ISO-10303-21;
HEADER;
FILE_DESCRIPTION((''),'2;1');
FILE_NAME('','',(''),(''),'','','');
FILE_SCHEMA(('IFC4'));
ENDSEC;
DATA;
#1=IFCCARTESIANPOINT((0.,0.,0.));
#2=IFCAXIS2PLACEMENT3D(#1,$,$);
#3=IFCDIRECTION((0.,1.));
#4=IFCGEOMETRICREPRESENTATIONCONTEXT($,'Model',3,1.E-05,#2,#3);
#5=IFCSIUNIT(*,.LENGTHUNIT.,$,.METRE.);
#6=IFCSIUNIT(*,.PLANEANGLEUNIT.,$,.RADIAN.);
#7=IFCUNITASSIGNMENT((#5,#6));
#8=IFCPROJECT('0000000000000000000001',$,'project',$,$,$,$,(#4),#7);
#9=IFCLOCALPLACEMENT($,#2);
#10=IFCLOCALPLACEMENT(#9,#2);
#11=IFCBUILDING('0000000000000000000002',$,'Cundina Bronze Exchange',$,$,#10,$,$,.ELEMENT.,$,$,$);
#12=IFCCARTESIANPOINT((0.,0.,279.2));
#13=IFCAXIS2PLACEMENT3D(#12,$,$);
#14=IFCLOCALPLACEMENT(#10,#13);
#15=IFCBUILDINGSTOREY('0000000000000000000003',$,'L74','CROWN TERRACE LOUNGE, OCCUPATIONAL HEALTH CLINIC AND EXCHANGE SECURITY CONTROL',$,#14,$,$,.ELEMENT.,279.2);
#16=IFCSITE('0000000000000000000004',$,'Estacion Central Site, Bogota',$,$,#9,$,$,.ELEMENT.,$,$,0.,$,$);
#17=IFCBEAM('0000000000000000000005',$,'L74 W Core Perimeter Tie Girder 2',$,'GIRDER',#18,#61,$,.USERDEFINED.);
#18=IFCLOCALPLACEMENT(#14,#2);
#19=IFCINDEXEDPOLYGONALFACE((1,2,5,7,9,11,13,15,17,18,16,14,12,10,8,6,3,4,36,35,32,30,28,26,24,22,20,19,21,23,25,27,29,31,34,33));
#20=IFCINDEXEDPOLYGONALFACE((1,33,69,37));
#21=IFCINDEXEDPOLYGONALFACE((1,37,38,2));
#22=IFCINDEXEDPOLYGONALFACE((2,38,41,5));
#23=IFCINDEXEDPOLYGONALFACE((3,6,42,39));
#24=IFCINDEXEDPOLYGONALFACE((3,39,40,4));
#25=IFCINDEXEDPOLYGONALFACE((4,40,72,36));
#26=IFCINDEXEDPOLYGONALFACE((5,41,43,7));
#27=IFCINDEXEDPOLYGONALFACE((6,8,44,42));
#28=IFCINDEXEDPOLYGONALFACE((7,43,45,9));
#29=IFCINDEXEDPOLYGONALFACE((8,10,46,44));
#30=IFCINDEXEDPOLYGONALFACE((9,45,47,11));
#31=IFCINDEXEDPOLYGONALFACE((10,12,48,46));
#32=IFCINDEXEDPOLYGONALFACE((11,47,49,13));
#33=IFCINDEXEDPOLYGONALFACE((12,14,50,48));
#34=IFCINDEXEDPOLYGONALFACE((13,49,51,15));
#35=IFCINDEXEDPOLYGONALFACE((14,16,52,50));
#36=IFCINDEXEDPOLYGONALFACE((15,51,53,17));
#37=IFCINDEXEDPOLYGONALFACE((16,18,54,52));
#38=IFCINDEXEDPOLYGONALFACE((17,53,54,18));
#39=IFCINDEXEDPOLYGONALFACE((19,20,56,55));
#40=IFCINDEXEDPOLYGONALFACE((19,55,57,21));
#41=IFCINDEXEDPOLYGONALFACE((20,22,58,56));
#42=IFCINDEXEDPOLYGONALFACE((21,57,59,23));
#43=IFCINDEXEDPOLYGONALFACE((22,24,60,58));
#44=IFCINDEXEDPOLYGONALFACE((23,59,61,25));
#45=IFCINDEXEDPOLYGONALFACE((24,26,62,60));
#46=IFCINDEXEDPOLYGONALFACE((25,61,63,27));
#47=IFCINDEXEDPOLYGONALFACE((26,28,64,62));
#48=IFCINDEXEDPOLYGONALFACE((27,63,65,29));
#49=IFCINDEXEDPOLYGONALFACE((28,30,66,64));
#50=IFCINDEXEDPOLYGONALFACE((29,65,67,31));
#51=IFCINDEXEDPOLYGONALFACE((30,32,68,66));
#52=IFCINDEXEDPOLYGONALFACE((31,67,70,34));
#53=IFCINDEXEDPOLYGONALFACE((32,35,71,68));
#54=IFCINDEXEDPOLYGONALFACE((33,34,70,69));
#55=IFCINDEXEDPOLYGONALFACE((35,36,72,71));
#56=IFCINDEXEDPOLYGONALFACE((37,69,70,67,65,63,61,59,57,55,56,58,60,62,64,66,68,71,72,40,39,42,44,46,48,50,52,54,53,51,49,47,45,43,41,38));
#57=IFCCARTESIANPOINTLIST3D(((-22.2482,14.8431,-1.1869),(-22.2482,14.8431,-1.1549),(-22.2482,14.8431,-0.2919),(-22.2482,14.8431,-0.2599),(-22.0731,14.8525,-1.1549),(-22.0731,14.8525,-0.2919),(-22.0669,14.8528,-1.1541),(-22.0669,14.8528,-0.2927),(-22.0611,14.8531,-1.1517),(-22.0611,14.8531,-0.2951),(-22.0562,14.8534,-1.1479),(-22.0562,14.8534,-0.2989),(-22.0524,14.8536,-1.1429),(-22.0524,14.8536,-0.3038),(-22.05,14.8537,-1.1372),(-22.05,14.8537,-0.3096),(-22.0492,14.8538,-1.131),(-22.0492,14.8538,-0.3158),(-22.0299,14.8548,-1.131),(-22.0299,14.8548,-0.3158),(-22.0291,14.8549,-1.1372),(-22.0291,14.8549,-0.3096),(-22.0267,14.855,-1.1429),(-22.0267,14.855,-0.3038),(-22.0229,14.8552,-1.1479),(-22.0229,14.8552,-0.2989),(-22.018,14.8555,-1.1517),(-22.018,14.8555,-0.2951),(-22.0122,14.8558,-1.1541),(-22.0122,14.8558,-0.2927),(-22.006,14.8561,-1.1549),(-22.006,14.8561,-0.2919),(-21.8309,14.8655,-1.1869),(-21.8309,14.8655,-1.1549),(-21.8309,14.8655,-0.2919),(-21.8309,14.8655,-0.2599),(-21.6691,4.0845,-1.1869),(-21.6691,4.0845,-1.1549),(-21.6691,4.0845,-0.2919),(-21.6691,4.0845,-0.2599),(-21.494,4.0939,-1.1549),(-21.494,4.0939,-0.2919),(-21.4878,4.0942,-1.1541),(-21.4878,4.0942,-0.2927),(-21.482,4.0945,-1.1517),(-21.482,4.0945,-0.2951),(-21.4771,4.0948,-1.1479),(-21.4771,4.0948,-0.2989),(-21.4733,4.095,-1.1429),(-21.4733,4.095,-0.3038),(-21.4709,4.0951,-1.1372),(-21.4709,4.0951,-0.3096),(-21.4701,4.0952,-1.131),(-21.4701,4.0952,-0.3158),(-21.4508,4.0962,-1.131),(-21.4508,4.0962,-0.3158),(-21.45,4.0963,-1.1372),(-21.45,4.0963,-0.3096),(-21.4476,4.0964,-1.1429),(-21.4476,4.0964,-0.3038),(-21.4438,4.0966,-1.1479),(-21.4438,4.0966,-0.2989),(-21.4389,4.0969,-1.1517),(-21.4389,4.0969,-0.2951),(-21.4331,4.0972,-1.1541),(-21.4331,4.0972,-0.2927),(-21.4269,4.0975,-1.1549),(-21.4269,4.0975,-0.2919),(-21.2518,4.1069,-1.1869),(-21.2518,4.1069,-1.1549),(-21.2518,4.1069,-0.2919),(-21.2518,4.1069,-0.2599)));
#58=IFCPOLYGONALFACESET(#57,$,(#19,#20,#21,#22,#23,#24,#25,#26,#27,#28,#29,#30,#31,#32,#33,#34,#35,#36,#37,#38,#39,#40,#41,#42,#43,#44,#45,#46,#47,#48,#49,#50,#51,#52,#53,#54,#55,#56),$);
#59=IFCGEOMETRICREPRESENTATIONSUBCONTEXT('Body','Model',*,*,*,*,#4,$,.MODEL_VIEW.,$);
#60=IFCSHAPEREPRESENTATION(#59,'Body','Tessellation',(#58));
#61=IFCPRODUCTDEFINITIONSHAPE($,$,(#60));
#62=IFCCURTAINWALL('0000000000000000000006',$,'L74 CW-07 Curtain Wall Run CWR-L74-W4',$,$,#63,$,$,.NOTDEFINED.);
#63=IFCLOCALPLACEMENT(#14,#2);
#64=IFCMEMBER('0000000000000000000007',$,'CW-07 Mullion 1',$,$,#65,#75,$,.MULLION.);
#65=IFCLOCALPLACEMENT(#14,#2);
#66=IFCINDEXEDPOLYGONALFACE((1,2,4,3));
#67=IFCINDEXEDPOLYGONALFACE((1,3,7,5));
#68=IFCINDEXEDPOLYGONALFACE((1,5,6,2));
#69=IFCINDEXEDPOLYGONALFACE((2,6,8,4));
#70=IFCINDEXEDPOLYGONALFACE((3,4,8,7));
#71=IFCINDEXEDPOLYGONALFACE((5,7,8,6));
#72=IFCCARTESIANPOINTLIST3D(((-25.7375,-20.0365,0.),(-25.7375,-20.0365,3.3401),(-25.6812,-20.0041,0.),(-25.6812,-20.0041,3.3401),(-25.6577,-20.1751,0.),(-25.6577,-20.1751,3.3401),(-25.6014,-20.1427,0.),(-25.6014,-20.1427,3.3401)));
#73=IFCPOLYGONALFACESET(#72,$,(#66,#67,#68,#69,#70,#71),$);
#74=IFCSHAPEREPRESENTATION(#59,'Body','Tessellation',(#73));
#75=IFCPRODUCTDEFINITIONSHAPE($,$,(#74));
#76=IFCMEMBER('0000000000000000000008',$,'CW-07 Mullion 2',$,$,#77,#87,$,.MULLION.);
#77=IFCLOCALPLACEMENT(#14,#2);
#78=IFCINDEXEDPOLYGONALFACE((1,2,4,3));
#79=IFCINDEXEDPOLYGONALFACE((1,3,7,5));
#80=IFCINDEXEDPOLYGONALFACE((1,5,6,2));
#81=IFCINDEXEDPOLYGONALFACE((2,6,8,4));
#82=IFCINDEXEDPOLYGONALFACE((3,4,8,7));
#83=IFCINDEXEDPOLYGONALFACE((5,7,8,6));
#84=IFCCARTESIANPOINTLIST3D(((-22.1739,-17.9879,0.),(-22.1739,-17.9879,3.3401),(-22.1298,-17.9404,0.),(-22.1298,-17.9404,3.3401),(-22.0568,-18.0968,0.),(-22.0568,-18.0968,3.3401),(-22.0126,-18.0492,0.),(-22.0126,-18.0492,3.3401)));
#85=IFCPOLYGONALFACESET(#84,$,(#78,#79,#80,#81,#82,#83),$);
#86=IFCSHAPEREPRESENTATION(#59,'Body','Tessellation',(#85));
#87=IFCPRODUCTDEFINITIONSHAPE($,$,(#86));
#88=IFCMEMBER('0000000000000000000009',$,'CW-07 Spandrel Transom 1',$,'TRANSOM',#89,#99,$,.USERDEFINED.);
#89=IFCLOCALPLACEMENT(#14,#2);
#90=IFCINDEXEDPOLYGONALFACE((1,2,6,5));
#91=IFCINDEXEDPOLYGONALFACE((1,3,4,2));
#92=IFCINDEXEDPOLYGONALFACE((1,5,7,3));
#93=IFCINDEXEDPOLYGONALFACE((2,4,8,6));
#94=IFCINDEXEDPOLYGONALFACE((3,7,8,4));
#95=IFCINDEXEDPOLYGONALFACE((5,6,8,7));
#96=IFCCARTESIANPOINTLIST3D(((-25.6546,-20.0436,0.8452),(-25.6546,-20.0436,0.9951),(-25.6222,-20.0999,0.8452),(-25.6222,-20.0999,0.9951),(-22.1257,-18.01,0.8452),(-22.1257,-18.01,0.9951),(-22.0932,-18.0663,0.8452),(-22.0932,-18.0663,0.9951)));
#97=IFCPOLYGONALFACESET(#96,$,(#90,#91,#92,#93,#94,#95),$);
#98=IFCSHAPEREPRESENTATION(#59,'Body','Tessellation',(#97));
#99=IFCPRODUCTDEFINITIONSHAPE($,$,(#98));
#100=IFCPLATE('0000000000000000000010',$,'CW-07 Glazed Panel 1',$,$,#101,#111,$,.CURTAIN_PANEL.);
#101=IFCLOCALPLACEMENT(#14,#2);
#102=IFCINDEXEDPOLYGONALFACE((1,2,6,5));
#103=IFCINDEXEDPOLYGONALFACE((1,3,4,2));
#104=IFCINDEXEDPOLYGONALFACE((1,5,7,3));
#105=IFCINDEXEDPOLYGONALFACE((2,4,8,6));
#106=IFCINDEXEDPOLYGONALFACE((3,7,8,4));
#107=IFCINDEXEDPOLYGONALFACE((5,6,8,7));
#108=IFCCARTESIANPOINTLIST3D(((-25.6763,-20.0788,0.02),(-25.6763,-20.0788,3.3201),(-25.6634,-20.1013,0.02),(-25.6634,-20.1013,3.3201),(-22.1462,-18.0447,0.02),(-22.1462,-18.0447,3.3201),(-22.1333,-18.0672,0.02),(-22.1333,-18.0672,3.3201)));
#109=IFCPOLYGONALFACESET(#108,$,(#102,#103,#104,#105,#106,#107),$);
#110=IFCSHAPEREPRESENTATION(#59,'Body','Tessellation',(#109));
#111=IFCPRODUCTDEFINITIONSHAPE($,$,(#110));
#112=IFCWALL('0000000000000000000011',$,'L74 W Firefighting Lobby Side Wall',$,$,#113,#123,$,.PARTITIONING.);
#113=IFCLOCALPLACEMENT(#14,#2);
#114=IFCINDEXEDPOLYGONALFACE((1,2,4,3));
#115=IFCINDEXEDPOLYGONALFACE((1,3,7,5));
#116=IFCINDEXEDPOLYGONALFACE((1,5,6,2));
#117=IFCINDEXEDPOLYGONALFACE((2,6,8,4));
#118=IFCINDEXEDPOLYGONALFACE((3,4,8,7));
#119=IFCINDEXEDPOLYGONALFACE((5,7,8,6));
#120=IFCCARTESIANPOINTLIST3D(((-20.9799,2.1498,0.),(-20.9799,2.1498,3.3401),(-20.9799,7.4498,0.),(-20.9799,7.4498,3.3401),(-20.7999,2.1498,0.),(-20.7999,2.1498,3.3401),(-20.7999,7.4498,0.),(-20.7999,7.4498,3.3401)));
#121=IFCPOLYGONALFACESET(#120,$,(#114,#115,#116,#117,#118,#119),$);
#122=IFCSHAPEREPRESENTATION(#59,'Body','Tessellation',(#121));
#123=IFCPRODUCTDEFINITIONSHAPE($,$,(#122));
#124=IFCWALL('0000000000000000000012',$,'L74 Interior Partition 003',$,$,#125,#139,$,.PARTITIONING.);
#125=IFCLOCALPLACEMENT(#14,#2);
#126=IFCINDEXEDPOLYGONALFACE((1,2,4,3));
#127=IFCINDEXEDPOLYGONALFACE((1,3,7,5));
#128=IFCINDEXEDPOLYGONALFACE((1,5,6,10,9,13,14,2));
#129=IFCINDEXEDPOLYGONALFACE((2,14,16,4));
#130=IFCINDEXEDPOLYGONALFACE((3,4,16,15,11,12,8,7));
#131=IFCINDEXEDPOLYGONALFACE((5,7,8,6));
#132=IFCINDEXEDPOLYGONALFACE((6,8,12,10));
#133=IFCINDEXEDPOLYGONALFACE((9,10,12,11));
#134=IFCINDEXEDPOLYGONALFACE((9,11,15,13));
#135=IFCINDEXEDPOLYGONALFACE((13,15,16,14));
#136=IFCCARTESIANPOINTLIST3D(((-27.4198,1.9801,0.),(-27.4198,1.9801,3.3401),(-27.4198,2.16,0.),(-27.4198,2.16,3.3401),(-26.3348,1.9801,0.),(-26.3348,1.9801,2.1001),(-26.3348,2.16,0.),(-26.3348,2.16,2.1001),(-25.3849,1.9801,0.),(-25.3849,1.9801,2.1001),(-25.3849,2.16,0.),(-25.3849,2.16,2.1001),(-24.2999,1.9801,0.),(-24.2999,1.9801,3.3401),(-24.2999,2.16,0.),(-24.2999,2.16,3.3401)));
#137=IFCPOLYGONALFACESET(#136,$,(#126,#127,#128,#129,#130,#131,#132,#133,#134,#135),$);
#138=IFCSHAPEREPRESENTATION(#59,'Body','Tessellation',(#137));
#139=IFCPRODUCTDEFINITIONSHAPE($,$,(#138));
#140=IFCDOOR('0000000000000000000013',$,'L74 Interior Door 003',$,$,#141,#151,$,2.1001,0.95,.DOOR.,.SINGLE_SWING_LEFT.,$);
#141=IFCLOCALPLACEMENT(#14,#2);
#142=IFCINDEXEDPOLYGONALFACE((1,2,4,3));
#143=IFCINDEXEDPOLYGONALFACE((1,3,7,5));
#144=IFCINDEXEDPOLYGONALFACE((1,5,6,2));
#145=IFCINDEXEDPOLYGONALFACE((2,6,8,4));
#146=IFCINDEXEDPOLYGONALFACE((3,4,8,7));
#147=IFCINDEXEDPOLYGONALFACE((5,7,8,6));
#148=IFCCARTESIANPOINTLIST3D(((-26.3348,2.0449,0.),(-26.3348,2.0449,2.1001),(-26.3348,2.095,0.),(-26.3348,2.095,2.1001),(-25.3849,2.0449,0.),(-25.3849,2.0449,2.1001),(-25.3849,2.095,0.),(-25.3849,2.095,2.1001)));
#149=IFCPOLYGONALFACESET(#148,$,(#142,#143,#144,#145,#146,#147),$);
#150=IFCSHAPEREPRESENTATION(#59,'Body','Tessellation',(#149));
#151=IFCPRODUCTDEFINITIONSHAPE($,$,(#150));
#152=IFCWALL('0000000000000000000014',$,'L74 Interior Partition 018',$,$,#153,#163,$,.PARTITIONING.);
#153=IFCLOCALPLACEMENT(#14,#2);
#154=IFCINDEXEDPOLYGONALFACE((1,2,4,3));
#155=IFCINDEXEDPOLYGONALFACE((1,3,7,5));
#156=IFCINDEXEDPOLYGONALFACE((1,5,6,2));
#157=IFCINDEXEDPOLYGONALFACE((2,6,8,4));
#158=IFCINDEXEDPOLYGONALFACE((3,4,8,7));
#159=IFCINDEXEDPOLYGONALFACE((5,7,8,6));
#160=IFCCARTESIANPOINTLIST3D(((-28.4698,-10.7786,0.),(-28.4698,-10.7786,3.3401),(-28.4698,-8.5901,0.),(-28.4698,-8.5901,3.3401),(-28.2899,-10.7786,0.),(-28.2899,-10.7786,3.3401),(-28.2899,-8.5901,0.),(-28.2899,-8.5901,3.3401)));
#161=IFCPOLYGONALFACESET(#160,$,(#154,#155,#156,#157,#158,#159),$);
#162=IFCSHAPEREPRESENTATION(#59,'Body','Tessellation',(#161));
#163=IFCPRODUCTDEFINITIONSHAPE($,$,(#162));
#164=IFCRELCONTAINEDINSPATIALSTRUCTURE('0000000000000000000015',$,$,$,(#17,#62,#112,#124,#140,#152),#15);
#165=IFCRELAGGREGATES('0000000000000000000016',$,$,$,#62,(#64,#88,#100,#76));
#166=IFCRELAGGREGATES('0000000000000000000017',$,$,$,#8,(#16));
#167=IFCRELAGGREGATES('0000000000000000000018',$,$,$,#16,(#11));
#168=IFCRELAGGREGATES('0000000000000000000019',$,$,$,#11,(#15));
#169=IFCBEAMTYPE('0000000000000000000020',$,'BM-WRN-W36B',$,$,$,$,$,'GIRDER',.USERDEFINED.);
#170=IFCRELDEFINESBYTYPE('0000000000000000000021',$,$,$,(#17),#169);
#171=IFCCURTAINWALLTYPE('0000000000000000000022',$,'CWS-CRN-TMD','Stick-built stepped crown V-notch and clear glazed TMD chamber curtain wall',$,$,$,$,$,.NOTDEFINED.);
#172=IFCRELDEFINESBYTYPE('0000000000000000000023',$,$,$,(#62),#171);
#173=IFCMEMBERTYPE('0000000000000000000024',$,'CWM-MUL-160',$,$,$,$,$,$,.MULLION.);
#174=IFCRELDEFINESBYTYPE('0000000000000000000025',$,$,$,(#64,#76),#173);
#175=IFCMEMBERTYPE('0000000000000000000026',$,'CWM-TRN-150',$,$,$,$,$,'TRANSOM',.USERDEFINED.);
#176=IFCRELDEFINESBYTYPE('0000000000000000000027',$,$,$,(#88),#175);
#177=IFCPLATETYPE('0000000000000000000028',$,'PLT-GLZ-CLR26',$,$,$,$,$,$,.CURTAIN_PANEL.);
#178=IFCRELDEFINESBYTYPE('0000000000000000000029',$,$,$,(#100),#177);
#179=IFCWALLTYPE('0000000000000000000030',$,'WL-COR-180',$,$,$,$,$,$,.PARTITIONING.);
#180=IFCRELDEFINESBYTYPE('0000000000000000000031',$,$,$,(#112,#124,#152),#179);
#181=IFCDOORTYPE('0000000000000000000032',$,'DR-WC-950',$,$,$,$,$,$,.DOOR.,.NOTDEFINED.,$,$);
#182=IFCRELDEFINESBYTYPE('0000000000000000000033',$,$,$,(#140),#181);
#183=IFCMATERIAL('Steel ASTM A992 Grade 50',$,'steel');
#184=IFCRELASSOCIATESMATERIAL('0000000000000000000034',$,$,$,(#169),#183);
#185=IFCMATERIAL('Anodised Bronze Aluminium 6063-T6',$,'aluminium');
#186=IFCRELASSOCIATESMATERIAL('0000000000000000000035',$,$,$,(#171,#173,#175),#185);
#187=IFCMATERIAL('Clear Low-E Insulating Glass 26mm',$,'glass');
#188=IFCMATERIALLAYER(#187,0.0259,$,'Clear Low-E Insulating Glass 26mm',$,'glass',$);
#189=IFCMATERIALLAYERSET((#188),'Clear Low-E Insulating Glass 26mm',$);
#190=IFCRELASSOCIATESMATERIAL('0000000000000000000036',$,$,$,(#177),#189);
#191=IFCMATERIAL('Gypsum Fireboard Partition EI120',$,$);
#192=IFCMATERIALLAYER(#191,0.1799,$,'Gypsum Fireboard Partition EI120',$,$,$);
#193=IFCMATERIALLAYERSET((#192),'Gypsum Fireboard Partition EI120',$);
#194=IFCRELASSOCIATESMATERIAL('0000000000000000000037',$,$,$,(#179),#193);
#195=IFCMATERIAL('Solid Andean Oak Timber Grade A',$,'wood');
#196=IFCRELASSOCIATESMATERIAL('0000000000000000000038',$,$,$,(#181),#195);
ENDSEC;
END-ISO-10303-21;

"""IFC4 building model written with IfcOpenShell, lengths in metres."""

from ifc_helpers import new_model, si_unit, direction, frame, frame_2d, origin, origin_2d, place, context, subcontext, project, spatial, rectangle, i_section, extrude, material, layer, layer_set, material_profile, profile_set, type_object, element, fill, aggregate, save


model = new_model("IFC4")

# Units and contexts
model_context = context("Model", 3, precision=1e-05, world=origin(), true_north=direction((0.0, 1.0)))
body_context = subcontext(model_context, "Body", "Model", "MODEL_VIEW")
ifc_project = project(units=[si_unit("LENGTHUNIT", "METRE"), si_unit("PLANEANGLEUNIT", "RADIAN")], contexts=[model_context])

# Site, building, storey
site_placement = place(None, origin())
site = spatial("IfcSite", under=ifc_project, at=site_placement, Name="Estacion Central Site, Bogota", CompositionType="ELEMENT", RefElevation=0.0)
building_placement = place(site_placement, origin())
building = spatial("IfcBuilding", under=site, at=building_placement, Name="Cundina Bronze Exchange", CompositionType="ELEMENT")
storey_placement = place(building_placement, frame((0.0, 0.0, 279.2)))
storey = spatial("IfcBuildingStorey", under=building, at=storey_placement, Name="L74", Description="CROWN TERRACE LOUNGE, OCCUPATIONAL HEALTH CLINIC AND EXCHANGE SECURITY CONTROL", CompositionType="ELEMENT", Elevation=279.2)

# Shared definitions
ifc_material_1 = material(Name="Steel ASTM A992 Grade 50", Category="steel")

# Beam
ifc_material_profile_1 = material_profile(ifc_material_1, i_section(OverallWidth=0.418, OverallDepth=0.927, WebThickness=0.0193, FlangeThickness=0.032, FilletRadius=0.0239, at=origin_2d()), Name="W36X231", Category="steel")
ifc_profile_set_1 = profile_set([ifc_material_profile_1], Name="Steel ASTM A992 Grade 50")
beam_type_1 = type_object("IfcBeamType", Name="BM-WRN-W36B", ElementType="GIRDER", PredefinedType="USERDEFINED", material=ifc_profile_set_1)
beam_1_placement = place(storey_placement, frame((-21.4604, 4.0957, -0.7234), z_axis=(-0.053749, 0.998554, 0.0), x_axis=(-0.998554, -0.053749, 0.0)))
element("IfcBeam", 1, at=beam_1_placement, inside=storey, type_object=beam_type_1, Name="L74 W Core Perimeter Tie Girder 2", ObjectType="GIRDER", PredefinedType="USERDEFINED", context=body_context, shape_type="SweptSolid", body=[
    extrude(i_section(OverallWidth=0.418, OverallDepth=0.927, WebThickness=0.0193, FlangeThickness=0.032, FilletRadius=0.0239, at=origin_2d()), origin(), (0.0, 0.0, 1.0), 10.7742),
])

# Curtain wall, members, plate
ifc_material_2 = material(Name="Anodised Bronze Aluminium 6063-T6", Category="aluminium")
curtain_wall_type = type_object("IfcCurtainWallType", Name="CWS-CRN-TMD", Description="Stick-built stepped crown V-notch and clear glazed TMD chamber curtain wall", PredefinedType="NOTDEFINED", material=ifc_material_2)
curtain_wall_placement = place(storey_placement, origin())
curtain_wall = element("IfcCurtainWall", 2, at=curtain_wall_placement, inside=storey, type_object=curtain_wall_type, Name="L74 CW-07 Curtain Wall Run CWR-L74-W4", PredefinedType="NOTDEFINED")
ifc_material_profile_2 = material_profile(ifc_material_2, rectangle(XDim=0.0649, YDim=0.1599, at=origin_2d()), Name="AL65X160", Category="aluminium")
ifc_profile_set_2 = profile_set([ifc_material_profile_2], Name="Anodised Bronze Aluminium 6063-T6")
member_type_1 = type_object("IfcMemberType", Name="CWM-MUL-160", PredefinedType="MULLION", material=ifc_profile_set_2)
member_1_placement = place(storey_placement, frame((-25.6694, -20.0896, 0.0), z_axis=(0.0, 0.0, 1.0), x_axis=(0.866461, 0.499244, 0.0)))
member_1 = element("IfcMember", 3, at=member_1_placement, type_object=member_type_1, Name="CW-07 Mullion 1", PredefinedType="MULLION", context=body_context, shape_type="SweptSolid", body=[
    extrude(rectangle(XDim=0.0649, YDim=0.1599, at=origin_2d()), origin(), (0.0, 0.0, 1.0), 3.3401),
])
member_2_placement = place(storey_placement, frame((-22.0933, -18.0186, 0.0), z_axis=(0.0, 0.0, 1.0), x_axis=(0.680465, 0.73278, 0.0)))
member_2 = element("IfcMember", 4, at=member_2_placement, type_object=member_type_1, Name="CW-07 Mullion 2", PredefinedType="MULLION", context=body_context, shape_type="SweptSolid", body=[
    extrude(rectangle(XDim=0.0649, YDim=0.1599, at=origin_2d()), origin(), (0.0, 0.0, 1.0), 3.3401),
])
ifc_material_profile_3 = material_profile(ifc_material_2, rectangle(XDim=0.0649, YDim=0.1499, at=origin_2d()), Name="AL65X150", Category="aluminium")
ifc_profile_set_3 = profile_set([ifc_material_profile_3], Name="Anodised Bronze Aluminium 6063-T6")
member_type_2 = type_object("IfcMemberType", Name="CWM-TRN-150", ElementType="TRANSOM", PredefinedType="USERDEFINED", material=ifc_profile_set_3)
member_3_placement = place(storey_placement, frame((-25.6384, -20.0718, 0.9202), z_axis=(0.86643, 0.499299, 0.0), x_axis=(-0.499299, 0.86643, 0.0)))
member_3 = element("IfcMember", 5, at=member_3_placement, type_object=member_type_2, Name="CW-07 Spandrel Transom 1", ObjectType="TRANSOM", PredefinedType="USERDEFINED", context=body_context, shape_type="SweptSolid", body=[
    extrude(rectangle(XDim=0.0649, YDim=0.1499, at=origin_2d()), origin(), (0.0, 0.0, 1.0), 4.073),
])
ifc_material_3 = material(Name="Clear Low-E Insulating Glass 26mm", Category="glass")
ifc_layer_1 = layer(ifc_material_3, 0.0259, Name="Clear Low-E Insulating Glass 26mm", Category="glass")
ifc_layer_set_1 = layer_set([ifc_layer_1], Name="Clear Low-E Insulating Glass 26mm")
plate_type = type_object("IfcPlateType", Name="PLT-GLZ-CLR26", PredefinedType="CURTAIN_PANEL", material=ifc_layer_set_1)
plate_placement = place(storey_placement, frame((-23.9048, -19.073, 0.02), z_axis=(0.0, 0.0, 1.0), x_axis=(0.866453, 0.499259, 0.0)))
plate = element("IfcPlate", 6, at=plate_placement, type_object=plate_type, Name="CW-07 Glazed Panel 1", PredefinedType="CURTAIN_PANEL", context=body_context, shape_type="SweptSolid", body=[
    extrude(rectangle(XDim=4.0742, YDim=0.0259, at=origin_2d()), origin(), (0.0, 0.0, 1.0), 3.3),
])
aggregate(curtain_wall, [member_1, member_3, plate, member_2])

# Wall
ifc_material_4 = material(Name="Gypsum Fireboard Partition EI120")
ifc_layer_2 = layer(ifc_material_4, 0.1799, Name="Gypsum Fireboard Partition EI120")
ifc_layer_set_2 = layer_set([ifc_layer_2], Name="Gypsum Fireboard Partition EI120")
wall_type_1 = type_object("IfcWallType", Name="WL-COR-180", PredefinedType="PARTITIONING", material=ifc_layer_set_2)
wall_1_placement = place(storey_placement, frame((-20.8899, 2.1499, 0.0), z_axis=(0.0, 0.0, 1.0), x_axis=(0.0, 1.0, 0.0)))
element("IfcWall", 7, at=wall_1_placement, inside=storey, type_object=wall_type_1, Name="L74 W Firefighting Lobby Side Wall", PredefinedType="PARTITIONING", context=body_context, shape_type="SweptSolid", body=[
    extrude(rectangle(XDim=5.3, YDim=0.1799, at=frame_2d((2.6499, 0.0))), origin(), (0.0, 0.0, 1.0), 3.3401),
])

# Wall, opening, door
wall_2_placement = place(storey_placement, frame((-27.4199, 2.0701, 0.0), z_axis=(0.0, 0.0, 1.0), x_axis=(1.0, 0.0, 0.0)))
wall_2 = element("IfcWall", 8, at=wall_2_placement, inside=storey, type_object=wall_type_1, Name="L74 Interior Partition 003", PredefinedType="PARTITIONING", context=body_context, shape_type="SweptSolid", body=[
    extrude(rectangle(XDim=3.1199, YDim=0.1799, at=frame_2d((1.5601, 0.0))), origin(), (0.0, 0.0, 1.0), 3.3401),
])
opening_1_placement = place(wall_2_placement, frame((1.085, 0.0, 0.0)))
opening_1 = element("IfcOpeningElement", 9, at=opening_1_placement, cuts=wall_2, PredefinedType="OPENING", context=body_context, shape_type="SweptSolid", body=[
    extrude(rectangle(XDim=0.95, YDim=2.1001, at=frame_2d((0.4751, 1.05))), frame((0.0, 0.0999, 0.0), z_axis=(0.0, -1.0, 0.0), x_axis=(1.0, 0.0, 0.0)), (0.0, 0.0, 1.0), 0.2),
])
ifc_material_5 = material(Name="Solid Andean Oak Timber Grade A", Category="wood")
door_type_1 = type_object("IfcDoorType", Name="DR-WC-950", OperationType="NOTDEFINED", PredefinedType="DOOR", material=ifc_material_5)
door_1_placement = place(opening_1_placement, origin())
door_1 = element("IfcDoor", 10, at=door_1_placement, inside=storey, type_object=door_type_1, Name="L74 Interior Door 003", OperationType="SINGLE_SWING_LEFT", OverallHeight=2.1001, OverallWidth=0.95, PredefinedType="DOOR", context=body_context, shape_type="SweptSolid", body=[
    extrude(rectangle(XDim=0.95, YDim=2.1001, at=frame_2d((0.4751, 1.05))), frame((0.0, 0.0249, 0.0), z_axis=(0.0, -1.0, 0.0), x_axis=(1.0, 0.0, 0.0)), (0.0, 0.0, 1.0), 0.05),
])
fill(opening_1, door_1)

# Wall
wall_3_placement = place(storey_placement, frame((-28.3799, -10.7786, 0.0), z_axis=(0.0, 0.0, 1.0), x_axis=(0.0, 1.0, 0.0)))
element("IfcWall", 11, at=wall_3_placement, inside=storey, type_object=wall_type_1, Name="L74 Interior Partition 018", PredefinedType="PARTITIONING", context=body_context, shape_type="SweptSolid", body=[
    extrude(rectangle(XDim=2.1885, YDim=0.1799, at=frame_2d((1.0942, 0.0))), origin(), (0.0, 0.0, 1.0), 3.3401),
])

save(model, "model.ifc")
